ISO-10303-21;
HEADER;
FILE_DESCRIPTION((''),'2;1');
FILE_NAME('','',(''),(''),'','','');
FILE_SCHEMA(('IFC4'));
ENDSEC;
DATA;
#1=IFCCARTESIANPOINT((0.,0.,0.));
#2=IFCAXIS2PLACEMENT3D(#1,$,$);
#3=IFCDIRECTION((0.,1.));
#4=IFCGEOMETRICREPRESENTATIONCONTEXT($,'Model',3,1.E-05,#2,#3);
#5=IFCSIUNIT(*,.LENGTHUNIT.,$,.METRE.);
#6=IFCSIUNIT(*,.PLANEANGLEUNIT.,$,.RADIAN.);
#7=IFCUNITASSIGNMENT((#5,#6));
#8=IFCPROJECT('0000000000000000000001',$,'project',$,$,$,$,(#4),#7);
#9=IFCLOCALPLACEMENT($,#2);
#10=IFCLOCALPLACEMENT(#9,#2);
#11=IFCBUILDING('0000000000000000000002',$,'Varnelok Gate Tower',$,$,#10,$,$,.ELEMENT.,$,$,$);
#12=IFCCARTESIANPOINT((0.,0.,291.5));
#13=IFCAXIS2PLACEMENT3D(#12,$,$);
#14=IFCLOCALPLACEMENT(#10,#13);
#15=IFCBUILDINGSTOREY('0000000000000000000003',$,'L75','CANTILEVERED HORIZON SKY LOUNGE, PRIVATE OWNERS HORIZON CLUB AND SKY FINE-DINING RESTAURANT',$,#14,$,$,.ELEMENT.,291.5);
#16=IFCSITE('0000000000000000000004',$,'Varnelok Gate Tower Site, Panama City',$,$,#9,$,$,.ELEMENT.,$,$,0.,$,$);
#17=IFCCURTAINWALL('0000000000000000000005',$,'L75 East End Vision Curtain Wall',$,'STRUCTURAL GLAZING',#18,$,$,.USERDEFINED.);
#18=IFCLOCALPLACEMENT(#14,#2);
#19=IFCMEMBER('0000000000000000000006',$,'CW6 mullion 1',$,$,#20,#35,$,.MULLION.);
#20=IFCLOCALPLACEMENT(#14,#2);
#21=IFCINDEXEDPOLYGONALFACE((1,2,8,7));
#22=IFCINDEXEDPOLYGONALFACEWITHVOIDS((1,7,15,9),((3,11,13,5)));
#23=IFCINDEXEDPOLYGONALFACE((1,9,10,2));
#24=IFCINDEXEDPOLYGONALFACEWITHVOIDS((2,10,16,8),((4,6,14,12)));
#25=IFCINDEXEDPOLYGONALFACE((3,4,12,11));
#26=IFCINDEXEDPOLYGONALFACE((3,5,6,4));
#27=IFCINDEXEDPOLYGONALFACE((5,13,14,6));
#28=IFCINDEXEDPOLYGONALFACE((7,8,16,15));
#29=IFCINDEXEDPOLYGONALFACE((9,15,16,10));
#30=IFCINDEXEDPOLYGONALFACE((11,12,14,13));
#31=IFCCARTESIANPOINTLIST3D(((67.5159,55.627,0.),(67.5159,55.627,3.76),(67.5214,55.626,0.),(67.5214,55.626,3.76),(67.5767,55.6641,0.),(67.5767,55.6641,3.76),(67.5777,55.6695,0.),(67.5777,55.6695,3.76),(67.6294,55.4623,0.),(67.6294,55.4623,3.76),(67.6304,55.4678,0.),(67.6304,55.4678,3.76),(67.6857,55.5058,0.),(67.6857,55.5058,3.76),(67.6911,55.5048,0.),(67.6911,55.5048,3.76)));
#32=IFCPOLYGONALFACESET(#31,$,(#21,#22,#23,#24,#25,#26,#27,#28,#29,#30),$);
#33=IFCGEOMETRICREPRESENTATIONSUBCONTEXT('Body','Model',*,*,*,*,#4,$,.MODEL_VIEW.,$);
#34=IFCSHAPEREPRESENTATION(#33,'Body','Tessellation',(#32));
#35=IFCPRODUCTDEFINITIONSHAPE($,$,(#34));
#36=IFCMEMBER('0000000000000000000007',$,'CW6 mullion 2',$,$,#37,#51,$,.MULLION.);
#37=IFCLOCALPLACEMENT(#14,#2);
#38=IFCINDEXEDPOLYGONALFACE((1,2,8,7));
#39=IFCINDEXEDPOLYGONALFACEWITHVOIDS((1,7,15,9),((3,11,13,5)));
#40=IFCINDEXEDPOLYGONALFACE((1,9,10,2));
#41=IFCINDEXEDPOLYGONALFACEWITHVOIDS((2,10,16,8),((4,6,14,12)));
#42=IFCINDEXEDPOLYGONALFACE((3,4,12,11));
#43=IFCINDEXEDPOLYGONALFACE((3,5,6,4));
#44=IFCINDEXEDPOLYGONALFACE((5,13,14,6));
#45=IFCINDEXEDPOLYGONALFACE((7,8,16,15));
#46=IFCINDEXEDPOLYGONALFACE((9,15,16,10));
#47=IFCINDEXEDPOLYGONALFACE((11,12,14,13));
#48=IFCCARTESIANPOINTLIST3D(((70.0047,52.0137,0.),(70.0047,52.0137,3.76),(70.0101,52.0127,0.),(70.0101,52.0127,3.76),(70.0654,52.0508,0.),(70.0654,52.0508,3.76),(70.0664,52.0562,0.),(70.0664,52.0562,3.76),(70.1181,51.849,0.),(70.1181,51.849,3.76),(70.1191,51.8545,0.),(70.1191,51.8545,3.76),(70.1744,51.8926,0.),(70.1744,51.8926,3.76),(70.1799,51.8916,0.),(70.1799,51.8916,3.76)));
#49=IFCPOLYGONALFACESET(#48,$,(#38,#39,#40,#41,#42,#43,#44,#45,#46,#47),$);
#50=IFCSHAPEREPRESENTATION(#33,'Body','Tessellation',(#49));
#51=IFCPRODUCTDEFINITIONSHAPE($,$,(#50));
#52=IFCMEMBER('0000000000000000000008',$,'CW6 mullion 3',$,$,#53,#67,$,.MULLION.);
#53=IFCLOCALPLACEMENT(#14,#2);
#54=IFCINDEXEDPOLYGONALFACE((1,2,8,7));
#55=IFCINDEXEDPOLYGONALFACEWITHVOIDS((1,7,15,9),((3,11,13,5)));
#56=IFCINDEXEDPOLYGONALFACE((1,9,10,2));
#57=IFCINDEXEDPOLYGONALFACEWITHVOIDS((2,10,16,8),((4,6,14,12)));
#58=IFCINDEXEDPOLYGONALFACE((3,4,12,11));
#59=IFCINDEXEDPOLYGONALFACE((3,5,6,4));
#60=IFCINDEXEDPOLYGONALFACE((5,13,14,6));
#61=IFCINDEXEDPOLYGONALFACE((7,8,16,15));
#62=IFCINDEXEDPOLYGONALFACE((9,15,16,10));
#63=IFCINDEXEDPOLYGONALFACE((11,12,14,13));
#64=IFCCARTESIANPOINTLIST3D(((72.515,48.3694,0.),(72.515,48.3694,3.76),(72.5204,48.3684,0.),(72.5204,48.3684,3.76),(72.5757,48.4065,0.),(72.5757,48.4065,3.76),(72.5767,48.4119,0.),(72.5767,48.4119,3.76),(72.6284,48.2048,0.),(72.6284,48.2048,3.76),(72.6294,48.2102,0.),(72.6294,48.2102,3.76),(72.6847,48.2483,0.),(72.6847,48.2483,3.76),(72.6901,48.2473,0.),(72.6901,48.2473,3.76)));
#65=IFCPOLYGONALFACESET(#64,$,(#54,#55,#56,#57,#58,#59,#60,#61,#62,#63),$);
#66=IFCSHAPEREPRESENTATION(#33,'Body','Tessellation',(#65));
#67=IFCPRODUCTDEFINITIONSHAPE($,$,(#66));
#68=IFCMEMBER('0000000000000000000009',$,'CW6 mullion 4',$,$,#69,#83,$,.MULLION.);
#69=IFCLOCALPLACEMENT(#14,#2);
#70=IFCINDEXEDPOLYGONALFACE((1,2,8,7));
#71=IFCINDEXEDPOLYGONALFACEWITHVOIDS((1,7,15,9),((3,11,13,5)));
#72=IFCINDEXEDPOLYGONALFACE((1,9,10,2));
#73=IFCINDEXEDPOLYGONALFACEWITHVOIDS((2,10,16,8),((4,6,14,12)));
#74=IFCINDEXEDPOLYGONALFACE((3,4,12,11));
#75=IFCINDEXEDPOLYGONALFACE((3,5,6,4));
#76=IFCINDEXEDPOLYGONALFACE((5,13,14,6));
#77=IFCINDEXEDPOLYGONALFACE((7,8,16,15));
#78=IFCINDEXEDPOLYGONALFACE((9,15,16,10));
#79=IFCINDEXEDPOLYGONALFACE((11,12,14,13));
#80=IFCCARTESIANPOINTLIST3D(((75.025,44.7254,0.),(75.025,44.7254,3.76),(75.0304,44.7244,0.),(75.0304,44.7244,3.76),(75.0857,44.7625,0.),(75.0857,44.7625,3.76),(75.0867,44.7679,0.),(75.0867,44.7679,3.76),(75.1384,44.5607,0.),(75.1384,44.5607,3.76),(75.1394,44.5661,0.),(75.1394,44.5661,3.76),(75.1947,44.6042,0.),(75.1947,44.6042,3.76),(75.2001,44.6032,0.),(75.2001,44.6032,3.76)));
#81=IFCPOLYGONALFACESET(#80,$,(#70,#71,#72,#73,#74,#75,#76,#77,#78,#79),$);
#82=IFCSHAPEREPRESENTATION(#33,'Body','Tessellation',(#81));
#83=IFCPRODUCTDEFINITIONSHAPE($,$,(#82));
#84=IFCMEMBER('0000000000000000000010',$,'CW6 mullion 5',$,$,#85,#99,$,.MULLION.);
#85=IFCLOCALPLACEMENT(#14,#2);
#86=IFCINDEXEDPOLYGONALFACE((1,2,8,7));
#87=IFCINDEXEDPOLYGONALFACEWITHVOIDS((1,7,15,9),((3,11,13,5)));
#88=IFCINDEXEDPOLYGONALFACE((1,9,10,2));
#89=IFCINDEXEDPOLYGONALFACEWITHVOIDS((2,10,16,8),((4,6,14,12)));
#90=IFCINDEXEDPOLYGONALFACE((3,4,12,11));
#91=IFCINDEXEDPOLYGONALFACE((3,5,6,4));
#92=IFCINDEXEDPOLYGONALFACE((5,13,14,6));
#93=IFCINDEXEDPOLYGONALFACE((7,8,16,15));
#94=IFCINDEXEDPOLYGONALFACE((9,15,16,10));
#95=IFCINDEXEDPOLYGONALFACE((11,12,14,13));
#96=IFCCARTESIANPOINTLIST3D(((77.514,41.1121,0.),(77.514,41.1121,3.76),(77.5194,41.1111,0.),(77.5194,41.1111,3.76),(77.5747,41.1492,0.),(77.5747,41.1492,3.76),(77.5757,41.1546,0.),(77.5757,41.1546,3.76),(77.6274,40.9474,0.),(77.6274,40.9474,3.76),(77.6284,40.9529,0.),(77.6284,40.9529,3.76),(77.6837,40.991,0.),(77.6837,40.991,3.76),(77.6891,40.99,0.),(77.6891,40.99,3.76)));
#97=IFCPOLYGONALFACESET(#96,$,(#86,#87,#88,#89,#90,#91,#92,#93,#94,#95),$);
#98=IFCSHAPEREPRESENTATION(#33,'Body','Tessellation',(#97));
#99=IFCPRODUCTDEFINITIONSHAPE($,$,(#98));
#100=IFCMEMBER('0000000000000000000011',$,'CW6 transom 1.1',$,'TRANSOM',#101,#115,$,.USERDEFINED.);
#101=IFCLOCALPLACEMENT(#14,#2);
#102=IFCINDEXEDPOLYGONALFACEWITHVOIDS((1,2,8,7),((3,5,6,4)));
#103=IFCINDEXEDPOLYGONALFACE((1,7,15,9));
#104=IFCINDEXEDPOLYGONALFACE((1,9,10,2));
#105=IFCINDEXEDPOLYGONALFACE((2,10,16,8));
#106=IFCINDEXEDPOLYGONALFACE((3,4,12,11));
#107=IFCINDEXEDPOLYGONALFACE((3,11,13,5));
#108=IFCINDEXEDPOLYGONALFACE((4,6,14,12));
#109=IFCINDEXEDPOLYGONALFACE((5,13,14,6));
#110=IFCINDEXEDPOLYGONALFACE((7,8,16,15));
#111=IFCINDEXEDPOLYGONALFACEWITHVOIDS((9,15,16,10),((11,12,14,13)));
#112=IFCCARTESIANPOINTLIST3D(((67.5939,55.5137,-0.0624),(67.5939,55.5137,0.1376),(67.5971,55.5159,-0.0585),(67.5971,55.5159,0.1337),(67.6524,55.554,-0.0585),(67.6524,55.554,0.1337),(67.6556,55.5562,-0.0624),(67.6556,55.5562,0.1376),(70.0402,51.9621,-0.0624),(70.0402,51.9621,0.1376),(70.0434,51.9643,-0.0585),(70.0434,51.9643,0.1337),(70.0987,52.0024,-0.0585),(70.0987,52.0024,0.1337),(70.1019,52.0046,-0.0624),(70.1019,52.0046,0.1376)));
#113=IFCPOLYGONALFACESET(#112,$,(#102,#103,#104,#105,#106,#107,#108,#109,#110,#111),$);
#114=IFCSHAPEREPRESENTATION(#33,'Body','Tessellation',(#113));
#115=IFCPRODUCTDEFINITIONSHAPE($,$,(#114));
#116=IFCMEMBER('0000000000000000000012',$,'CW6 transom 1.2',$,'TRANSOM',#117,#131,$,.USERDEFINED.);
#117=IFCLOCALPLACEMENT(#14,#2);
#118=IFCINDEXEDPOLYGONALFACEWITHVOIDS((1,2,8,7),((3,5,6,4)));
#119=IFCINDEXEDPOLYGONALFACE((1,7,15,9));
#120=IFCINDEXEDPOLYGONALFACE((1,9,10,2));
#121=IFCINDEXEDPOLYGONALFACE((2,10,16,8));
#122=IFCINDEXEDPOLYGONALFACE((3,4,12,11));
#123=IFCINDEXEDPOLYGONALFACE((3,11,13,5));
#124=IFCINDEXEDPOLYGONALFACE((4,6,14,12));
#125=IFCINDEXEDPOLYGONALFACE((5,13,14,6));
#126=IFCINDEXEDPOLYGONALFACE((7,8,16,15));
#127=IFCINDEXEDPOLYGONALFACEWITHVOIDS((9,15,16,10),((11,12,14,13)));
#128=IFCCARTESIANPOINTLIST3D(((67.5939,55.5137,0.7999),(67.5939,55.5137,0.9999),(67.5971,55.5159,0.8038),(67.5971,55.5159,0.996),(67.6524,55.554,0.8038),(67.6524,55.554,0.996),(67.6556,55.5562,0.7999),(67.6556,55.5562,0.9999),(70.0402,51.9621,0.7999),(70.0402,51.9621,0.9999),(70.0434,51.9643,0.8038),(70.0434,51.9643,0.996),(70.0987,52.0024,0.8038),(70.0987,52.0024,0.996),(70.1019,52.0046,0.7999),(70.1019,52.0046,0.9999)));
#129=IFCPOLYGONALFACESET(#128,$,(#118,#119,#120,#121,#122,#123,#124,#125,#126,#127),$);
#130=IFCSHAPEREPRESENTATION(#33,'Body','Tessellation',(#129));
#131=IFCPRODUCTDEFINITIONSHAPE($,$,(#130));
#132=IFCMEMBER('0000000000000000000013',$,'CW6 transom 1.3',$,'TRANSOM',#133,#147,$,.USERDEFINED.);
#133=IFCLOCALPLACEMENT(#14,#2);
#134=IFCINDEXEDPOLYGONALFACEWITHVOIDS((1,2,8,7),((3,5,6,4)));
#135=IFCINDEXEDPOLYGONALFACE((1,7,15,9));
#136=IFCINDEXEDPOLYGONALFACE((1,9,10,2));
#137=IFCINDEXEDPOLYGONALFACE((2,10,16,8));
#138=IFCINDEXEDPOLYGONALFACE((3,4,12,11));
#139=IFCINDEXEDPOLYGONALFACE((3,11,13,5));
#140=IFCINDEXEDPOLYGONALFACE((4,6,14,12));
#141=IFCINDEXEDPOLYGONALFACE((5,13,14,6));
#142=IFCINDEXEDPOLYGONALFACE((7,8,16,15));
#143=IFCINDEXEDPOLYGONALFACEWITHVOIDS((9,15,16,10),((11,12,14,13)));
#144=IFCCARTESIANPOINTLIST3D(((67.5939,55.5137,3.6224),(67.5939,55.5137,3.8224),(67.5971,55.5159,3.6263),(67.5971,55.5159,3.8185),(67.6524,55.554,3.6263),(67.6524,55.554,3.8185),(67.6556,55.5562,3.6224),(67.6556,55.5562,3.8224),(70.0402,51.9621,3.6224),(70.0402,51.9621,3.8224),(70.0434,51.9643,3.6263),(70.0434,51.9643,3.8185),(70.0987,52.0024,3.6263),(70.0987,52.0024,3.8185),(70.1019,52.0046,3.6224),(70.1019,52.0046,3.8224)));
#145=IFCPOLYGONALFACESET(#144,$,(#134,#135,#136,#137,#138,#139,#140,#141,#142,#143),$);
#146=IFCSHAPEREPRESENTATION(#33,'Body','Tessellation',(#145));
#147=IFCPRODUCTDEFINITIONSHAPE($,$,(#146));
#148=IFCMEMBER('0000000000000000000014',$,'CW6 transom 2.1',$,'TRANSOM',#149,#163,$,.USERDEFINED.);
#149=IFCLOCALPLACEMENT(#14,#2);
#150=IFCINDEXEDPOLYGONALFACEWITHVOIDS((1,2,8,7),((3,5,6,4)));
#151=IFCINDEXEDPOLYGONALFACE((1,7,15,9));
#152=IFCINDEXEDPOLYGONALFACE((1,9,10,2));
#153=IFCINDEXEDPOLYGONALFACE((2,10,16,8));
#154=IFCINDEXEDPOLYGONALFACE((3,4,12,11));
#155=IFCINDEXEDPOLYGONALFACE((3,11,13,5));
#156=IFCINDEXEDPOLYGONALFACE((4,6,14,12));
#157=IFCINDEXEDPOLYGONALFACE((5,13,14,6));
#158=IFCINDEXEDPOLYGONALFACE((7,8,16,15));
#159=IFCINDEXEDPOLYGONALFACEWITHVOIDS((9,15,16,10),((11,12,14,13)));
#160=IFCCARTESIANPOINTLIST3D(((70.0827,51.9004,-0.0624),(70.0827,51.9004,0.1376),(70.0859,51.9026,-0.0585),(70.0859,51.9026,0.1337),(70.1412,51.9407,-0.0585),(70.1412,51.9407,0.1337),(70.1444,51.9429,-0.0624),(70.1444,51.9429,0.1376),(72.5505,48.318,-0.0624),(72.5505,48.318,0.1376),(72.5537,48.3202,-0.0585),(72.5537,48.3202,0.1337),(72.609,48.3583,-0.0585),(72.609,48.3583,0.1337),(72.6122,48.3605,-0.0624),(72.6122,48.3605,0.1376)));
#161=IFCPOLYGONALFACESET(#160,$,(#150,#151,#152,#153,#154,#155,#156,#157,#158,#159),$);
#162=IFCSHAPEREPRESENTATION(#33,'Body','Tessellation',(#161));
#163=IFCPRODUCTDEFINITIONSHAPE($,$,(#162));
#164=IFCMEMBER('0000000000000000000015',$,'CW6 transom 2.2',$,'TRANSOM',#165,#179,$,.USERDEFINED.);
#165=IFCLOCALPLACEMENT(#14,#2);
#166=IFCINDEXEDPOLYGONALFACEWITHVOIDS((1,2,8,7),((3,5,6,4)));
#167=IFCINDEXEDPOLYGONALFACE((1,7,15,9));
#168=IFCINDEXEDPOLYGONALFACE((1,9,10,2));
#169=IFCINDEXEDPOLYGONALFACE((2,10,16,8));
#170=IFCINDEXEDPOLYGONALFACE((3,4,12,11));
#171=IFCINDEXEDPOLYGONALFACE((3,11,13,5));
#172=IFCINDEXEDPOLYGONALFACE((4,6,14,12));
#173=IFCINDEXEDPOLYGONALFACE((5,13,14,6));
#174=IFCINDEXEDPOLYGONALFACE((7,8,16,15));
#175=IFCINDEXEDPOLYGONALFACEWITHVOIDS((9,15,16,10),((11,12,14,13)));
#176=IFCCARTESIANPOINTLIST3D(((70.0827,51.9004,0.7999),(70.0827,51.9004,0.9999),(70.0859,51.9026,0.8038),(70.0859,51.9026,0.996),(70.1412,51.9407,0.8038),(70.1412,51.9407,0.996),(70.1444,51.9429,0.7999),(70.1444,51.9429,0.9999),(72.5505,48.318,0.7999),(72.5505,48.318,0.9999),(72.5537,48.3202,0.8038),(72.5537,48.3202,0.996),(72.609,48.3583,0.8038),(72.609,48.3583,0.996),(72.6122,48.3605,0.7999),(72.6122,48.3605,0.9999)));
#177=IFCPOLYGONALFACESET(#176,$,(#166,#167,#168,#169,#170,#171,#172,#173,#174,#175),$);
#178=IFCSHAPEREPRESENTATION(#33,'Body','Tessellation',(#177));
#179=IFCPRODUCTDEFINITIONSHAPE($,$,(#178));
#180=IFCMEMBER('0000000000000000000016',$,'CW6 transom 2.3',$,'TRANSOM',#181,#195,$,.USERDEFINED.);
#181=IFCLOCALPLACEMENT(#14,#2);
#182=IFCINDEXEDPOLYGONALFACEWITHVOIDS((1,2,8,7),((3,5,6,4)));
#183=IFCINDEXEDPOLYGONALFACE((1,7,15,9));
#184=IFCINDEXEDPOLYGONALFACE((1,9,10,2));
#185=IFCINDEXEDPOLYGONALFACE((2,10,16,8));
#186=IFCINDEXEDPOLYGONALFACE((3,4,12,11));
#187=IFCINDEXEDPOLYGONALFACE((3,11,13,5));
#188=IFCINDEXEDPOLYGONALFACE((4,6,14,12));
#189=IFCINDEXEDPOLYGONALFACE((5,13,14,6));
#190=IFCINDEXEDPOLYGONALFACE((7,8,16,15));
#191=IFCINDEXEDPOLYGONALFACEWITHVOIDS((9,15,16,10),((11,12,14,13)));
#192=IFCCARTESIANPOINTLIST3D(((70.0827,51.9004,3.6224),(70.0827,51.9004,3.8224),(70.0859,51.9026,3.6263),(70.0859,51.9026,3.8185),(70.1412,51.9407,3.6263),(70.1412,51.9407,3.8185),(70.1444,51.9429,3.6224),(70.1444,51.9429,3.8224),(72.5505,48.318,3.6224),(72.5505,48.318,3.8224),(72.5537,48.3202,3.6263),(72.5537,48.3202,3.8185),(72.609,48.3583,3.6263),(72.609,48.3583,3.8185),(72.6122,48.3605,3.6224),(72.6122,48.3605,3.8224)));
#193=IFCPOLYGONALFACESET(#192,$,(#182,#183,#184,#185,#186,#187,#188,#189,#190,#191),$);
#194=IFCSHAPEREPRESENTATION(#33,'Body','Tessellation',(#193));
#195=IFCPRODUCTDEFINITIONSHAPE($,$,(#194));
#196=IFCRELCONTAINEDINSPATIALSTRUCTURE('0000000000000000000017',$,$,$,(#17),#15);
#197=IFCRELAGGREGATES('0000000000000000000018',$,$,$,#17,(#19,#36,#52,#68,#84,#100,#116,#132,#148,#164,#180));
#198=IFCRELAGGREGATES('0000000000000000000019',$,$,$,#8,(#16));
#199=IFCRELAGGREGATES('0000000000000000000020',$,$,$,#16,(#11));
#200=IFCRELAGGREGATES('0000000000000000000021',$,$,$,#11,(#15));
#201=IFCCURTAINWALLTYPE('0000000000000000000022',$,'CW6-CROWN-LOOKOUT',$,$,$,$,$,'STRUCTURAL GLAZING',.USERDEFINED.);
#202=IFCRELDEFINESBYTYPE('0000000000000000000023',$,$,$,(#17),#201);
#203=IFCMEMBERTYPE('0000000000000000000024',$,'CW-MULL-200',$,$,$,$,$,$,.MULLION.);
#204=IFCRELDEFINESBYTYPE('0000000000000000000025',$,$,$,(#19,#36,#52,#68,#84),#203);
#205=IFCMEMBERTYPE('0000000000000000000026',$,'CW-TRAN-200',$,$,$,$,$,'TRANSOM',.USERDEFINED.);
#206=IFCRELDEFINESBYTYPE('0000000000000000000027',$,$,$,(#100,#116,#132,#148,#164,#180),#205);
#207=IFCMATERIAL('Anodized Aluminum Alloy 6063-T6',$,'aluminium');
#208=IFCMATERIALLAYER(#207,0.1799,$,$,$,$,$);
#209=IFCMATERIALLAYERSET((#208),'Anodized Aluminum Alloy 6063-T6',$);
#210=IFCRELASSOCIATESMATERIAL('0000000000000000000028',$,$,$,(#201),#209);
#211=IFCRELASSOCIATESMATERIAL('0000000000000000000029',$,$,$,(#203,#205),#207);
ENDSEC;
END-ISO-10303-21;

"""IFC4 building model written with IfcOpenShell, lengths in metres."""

from ifc_helpers import new_model, si_unit, direction, frame, origin, origin_2d, place, context, subcontext, project, spatial, hollow_rectangle, extrude, material, layer, layer_set, material_profile, profile_set, type_object, element, aggregate, save


model = new_model("IFC4")

# Units and contexts
model_context = context("Model", 3, precision=1e-05, world=origin(), true_north=direction((0.0, 1.0)))
body_context = subcontext(model_context, "Body", "Model", "MODEL_VIEW")
ifc_project = project(units=[si_unit("LENGTHUNIT", "METRE"), si_unit("PLANEANGLEUNIT", "RADIAN")], contexts=[model_context])

# Site, building, storey
site_placement = place(None, origin())
site = spatial("IfcSite", under=ifc_project, at=site_placement, Name="Varnelok Gate Tower Site, Panama City", CompositionType="ELEMENT", RefElevation=0.0)
building_placement = place(site_placement, origin())
building = spatial("IfcBuilding", under=site, at=building_placement, Name="Varnelok Gate Tower", CompositionType="ELEMENT")
storey_placement = place(building_placement, frame((0.0, 0.0, 291.5)))
storey = spatial("IfcBuildingStorey", under=building, at=storey_placement, Name="L75", Description="CANTILEVERED HORIZON SKY LOUNGE, PRIVATE OWNERS HORIZON CLUB AND SKY FINE-DINING RESTAURANT", CompositionType="ELEMENT", Elevation=291.5)

# Curtain wall, members
ifc_material_1 = material(Name="Anodized Aluminum Alloy 6063-T6", Category="aluminium")
ifc_layer_1 = layer(ifc_material_1, 0.1799)
ifc_layer_set_1 = layer_set([ifc_layer_1], Name="Anodized Aluminum Alloy 6063-T6")
curtain_wall_type = type_object("IfcCurtainWallType", Name="CW6-CROWN-LOOKOUT", ElementType="STRUCTURAL GLAZING", PredefinedType="USERDEFINED", material=ifc_layer_set_1)
curtain_wall_placement = place(storey_placement, origin())
curtain_wall = element("IfcCurtainWall", 1, at=curtain_wall_placement, inside=storey, type_object=curtain_wall_type, Name="L75 East End Vision Curtain Wall", ObjectType="STRUCTURAL GLAZING", PredefinedType="USERDEFINED")
ifc_material_profile_1 = material_profile(ifc_material_1, hollow_rectangle(XDim=0.075, YDim=0.2, WallThickness=0.0039, at=origin_2d()), Name="ALU200X75X4")
ifc_profile_set_1 = profile_set([ifc_material_profile_1], Name="Anodized Aluminum Alloy 6063-T6")
member_type_1 = type_object("IfcMemberType", Name="CW-MULL-200", PredefinedType="MULLION", material=ifc_profile_set_1)
member_1_placement = place(storey_placement, frame((67.6035, 55.5659, 0.0), z_axis=(0.0, 0.0, 1.0), x_axis=(0.823534, 0.567267, 0.0)))
member_1 = element("IfcMember", 2, at=member_1_placement, type_object=member_type_1, Name="CW6 mullion 1", PredefinedType="MULLION", context=body_context, shape_type="SweptSolid", body=[
    extrude(hollow_rectangle(XDim=0.075, YDim=0.2, WallThickness=0.0039, at=origin_2d()), origin(), (0.0, 0.0, 1.0), 3.76),
])
member_2_placement = place(storey_placement, frame((70.0923, 51.9526, 0.0), z_axis=(0.0, 0.0, 1.0), x_axis=(0.823534, 0.567267, 0.0)))
member_2 = element("IfcMember", 3, at=member_2_placement, type_object=member_type_1, Name="CW6 mullion 2", PredefinedType="MULLION", context=body_context, shape_type="SweptSolid", body=[
    extrude(hollow_rectangle(XDim=0.075, YDim=0.2, WallThickness=0.0039, at=origin_2d()), origin(), (0.0, 0.0, 1.0), 3.76),
])
member_3_placement = place(storey_placement, frame((72.6025, 48.3083, 0.0), z_axis=(0.0, 0.0, 1.0), x_axis=(0.823534, 0.567267, 0.0)))
member_3 = element("IfcMember", 4, at=member_3_placement, type_object=member_type_1, Name="CW6 mullion 3", PredefinedType="MULLION", context=body_context, shape_type="SweptSolid", body=[
    extrude(hollow_rectangle(XDim=0.075, YDim=0.2, WallThickness=0.0039, at=origin_2d()), origin(), (0.0, 0.0, 1.0), 3.76),
])
member_4_placement = place(storey_placement, frame((75.1125, 44.6643, 0.0), z_axis=(0.0, 0.0, 1.0), x_axis=(0.823534, 0.567267, 0.0)))
member_4 = element("IfcMember", 5, at=member_4_placement, type_object=member_type_1, Name="CW6 mullion 4", PredefinedType="MULLION", context=body_context, shape_type="SweptSolid", body=[
    extrude(hollow_rectangle(XDim=0.075, YDim=0.2, WallThickness=0.0039, at=origin_2d()), origin(), (0.0, 0.0, 1.0), 3.76),
])
member_5_placement = place(storey_placement, frame((77.6016, 41.051, 0.0), z_axis=(0.0, 0.0, 1.0), x_axis=(0.823534, 0.567267, 0.0)))
member_5 = element("IfcMember", 6, at=member_5_placement, type_object=member_type_1, Name="CW6 mullion 5", PredefinedType="MULLION", context=body_context, shape_type="SweptSolid", body=[
    extrude(hollow_rectangle(XDim=0.075, YDim=0.2, WallThickness=0.0039, at=origin_2d()), origin(), (0.0, 0.0, 1.0), 3.76),
])
ifc_material_profile_2 = material_profile(ifc_material_1, hollow_rectangle(XDim=0.075, YDim=0.2, WallThickness=0.0039, at=origin_2d()), Name="ALU200X75X4")
ifc_profile_set_2 = profile_set([ifc_material_profile_2], Name="Anodized Aluminum Alloy 6063-T6")
member_type_2 = type_object("IfcMemberType", Name="CW-TRAN-200", ElementType="TRANSOM", PredefinedType="USERDEFINED", material=ifc_profile_set_2)
member_6_placement = place(storey_placement, frame((67.6248, 55.5349, 0.0376), z_axis=(0.567257, -0.823541, 0.0), x_axis=(0.823541, 0.567257, 0.0)))
member_6 = element("IfcMember", 7, at=member_6_placement, type_object=member_type_2, Name="CW6 transom 1.1", ObjectType="TRANSOM", PredefinedType="USERDEFINED", context=body_context, shape_type="SweptSolid", body=[
    extrude(hollow_rectangle(XDim=0.075, YDim=0.2, WallThickness=0.0039, at=origin_2d()), origin(), (0.0, 0.0, 1.0), 4.3125),
])
member_7_placement = place(storey_placement, frame((67.6248, 55.5349, 0.8999), z_axis=(0.567257, -0.823541, 0.0), x_axis=(0.823541, 0.567257, 0.0)))
member_7 = element("IfcMember", 8, at=member_7_placement, type_object=member_type_2, Name="CW6 transom 1.2", ObjectType="TRANSOM", PredefinedType="USERDEFINED", context=body_context, shape_type="SweptSolid", body=[
    extrude(hollow_rectangle(XDim=0.075, YDim=0.2, WallThickness=0.0039, at=origin_2d()), origin(), (0.0, 0.0, 1.0), 4.3125),
])
member_8_placement = place(storey_placement, frame((67.6248, 55.5349, 3.7224), z_axis=(0.567257, -0.823541, 0.0), x_axis=(0.823541, 0.567257, 0.0)))
member_8 = element("IfcMember", 9, at=member_8_placement, type_object=member_type_2, Name="CW6 transom 1.3", ObjectType="TRANSOM", PredefinedType="USERDEFINED", context=body_context, shape_type="SweptSolid", body=[
    extrude(hollow_rectangle(XDim=0.075, YDim=0.2, WallThickness=0.0039, at=origin_2d()), origin(), (0.0, 0.0, 1.0), 4.3125),
])
member_9_placement = place(storey_placement, frame((70.1135, 51.9216, 0.0376), z_axis=(0.567303, -0.823509, 0.0), x_axis=(0.823509, 0.567303, 0.0)))
member_9 = element("IfcMember", 10, at=member_9_placement, type_object=member_type_2, Name="CW6 transom 2.1", ObjectType="TRANSOM", PredefinedType="USERDEFINED", context=body_context, shape_type="SweptSolid", body=[
    extrude(hollow_rectangle(XDim=0.075, YDim=0.2, WallThickness=0.0039, at=origin_2d()), origin(), (0.0, 0.0, 1.0), 4.3501),
])
member_10_placement = place(storey_placement, frame((70.1135, 51.9216, 0.8999), z_axis=(0.567303, -0.823509, 0.0), x_axis=(0.823509, 0.567303, 0.0)))
member_10 = element("IfcMember", 11, at=member_10_placement, type_object=member_type_2, Name="CW6 transom 2.2", ObjectType="TRANSOM", PredefinedType="USERDEFINED", context=body_context, shape_type="SweptSolid", body=[
    extrude(hollow_rectangle(XDim=0.075, YDim=0.2, WallThickness=0.0039, at=origin_2d()), origin(), (0.0, 0.0, 1.0), 4.3501),
])
member_11_placement = place(storey_placement, frame((70.1135, 51.9216, 3.7224), z_axis=(0.567303, -0.823509, 0.0), x_axis=(0.823509, 0.567303, 0.0)))
member_11 = element("IfcMember", 12, at=member_11_placement, type_object=member_type_2, Name="CW6 transom 2.3", ObjectType="TRANSOM", PredefinedType="USERDEFINED", context=body_context, shape_type="SweptSolid", body=[
    extrude(hollow_rectangle(XDim=0.075, YDim=0.2, WallThickness=0.0039, at=origin_2d()), origin(), (0.0, 0.0, 1.0), 4.3501),
])
aggregate(curtain_wall, [member_1, member_2, member_3, member_4, member_5, member_6, member_7, member_8, member_9, member_10, member_11])

save(model, "model.ifc")
